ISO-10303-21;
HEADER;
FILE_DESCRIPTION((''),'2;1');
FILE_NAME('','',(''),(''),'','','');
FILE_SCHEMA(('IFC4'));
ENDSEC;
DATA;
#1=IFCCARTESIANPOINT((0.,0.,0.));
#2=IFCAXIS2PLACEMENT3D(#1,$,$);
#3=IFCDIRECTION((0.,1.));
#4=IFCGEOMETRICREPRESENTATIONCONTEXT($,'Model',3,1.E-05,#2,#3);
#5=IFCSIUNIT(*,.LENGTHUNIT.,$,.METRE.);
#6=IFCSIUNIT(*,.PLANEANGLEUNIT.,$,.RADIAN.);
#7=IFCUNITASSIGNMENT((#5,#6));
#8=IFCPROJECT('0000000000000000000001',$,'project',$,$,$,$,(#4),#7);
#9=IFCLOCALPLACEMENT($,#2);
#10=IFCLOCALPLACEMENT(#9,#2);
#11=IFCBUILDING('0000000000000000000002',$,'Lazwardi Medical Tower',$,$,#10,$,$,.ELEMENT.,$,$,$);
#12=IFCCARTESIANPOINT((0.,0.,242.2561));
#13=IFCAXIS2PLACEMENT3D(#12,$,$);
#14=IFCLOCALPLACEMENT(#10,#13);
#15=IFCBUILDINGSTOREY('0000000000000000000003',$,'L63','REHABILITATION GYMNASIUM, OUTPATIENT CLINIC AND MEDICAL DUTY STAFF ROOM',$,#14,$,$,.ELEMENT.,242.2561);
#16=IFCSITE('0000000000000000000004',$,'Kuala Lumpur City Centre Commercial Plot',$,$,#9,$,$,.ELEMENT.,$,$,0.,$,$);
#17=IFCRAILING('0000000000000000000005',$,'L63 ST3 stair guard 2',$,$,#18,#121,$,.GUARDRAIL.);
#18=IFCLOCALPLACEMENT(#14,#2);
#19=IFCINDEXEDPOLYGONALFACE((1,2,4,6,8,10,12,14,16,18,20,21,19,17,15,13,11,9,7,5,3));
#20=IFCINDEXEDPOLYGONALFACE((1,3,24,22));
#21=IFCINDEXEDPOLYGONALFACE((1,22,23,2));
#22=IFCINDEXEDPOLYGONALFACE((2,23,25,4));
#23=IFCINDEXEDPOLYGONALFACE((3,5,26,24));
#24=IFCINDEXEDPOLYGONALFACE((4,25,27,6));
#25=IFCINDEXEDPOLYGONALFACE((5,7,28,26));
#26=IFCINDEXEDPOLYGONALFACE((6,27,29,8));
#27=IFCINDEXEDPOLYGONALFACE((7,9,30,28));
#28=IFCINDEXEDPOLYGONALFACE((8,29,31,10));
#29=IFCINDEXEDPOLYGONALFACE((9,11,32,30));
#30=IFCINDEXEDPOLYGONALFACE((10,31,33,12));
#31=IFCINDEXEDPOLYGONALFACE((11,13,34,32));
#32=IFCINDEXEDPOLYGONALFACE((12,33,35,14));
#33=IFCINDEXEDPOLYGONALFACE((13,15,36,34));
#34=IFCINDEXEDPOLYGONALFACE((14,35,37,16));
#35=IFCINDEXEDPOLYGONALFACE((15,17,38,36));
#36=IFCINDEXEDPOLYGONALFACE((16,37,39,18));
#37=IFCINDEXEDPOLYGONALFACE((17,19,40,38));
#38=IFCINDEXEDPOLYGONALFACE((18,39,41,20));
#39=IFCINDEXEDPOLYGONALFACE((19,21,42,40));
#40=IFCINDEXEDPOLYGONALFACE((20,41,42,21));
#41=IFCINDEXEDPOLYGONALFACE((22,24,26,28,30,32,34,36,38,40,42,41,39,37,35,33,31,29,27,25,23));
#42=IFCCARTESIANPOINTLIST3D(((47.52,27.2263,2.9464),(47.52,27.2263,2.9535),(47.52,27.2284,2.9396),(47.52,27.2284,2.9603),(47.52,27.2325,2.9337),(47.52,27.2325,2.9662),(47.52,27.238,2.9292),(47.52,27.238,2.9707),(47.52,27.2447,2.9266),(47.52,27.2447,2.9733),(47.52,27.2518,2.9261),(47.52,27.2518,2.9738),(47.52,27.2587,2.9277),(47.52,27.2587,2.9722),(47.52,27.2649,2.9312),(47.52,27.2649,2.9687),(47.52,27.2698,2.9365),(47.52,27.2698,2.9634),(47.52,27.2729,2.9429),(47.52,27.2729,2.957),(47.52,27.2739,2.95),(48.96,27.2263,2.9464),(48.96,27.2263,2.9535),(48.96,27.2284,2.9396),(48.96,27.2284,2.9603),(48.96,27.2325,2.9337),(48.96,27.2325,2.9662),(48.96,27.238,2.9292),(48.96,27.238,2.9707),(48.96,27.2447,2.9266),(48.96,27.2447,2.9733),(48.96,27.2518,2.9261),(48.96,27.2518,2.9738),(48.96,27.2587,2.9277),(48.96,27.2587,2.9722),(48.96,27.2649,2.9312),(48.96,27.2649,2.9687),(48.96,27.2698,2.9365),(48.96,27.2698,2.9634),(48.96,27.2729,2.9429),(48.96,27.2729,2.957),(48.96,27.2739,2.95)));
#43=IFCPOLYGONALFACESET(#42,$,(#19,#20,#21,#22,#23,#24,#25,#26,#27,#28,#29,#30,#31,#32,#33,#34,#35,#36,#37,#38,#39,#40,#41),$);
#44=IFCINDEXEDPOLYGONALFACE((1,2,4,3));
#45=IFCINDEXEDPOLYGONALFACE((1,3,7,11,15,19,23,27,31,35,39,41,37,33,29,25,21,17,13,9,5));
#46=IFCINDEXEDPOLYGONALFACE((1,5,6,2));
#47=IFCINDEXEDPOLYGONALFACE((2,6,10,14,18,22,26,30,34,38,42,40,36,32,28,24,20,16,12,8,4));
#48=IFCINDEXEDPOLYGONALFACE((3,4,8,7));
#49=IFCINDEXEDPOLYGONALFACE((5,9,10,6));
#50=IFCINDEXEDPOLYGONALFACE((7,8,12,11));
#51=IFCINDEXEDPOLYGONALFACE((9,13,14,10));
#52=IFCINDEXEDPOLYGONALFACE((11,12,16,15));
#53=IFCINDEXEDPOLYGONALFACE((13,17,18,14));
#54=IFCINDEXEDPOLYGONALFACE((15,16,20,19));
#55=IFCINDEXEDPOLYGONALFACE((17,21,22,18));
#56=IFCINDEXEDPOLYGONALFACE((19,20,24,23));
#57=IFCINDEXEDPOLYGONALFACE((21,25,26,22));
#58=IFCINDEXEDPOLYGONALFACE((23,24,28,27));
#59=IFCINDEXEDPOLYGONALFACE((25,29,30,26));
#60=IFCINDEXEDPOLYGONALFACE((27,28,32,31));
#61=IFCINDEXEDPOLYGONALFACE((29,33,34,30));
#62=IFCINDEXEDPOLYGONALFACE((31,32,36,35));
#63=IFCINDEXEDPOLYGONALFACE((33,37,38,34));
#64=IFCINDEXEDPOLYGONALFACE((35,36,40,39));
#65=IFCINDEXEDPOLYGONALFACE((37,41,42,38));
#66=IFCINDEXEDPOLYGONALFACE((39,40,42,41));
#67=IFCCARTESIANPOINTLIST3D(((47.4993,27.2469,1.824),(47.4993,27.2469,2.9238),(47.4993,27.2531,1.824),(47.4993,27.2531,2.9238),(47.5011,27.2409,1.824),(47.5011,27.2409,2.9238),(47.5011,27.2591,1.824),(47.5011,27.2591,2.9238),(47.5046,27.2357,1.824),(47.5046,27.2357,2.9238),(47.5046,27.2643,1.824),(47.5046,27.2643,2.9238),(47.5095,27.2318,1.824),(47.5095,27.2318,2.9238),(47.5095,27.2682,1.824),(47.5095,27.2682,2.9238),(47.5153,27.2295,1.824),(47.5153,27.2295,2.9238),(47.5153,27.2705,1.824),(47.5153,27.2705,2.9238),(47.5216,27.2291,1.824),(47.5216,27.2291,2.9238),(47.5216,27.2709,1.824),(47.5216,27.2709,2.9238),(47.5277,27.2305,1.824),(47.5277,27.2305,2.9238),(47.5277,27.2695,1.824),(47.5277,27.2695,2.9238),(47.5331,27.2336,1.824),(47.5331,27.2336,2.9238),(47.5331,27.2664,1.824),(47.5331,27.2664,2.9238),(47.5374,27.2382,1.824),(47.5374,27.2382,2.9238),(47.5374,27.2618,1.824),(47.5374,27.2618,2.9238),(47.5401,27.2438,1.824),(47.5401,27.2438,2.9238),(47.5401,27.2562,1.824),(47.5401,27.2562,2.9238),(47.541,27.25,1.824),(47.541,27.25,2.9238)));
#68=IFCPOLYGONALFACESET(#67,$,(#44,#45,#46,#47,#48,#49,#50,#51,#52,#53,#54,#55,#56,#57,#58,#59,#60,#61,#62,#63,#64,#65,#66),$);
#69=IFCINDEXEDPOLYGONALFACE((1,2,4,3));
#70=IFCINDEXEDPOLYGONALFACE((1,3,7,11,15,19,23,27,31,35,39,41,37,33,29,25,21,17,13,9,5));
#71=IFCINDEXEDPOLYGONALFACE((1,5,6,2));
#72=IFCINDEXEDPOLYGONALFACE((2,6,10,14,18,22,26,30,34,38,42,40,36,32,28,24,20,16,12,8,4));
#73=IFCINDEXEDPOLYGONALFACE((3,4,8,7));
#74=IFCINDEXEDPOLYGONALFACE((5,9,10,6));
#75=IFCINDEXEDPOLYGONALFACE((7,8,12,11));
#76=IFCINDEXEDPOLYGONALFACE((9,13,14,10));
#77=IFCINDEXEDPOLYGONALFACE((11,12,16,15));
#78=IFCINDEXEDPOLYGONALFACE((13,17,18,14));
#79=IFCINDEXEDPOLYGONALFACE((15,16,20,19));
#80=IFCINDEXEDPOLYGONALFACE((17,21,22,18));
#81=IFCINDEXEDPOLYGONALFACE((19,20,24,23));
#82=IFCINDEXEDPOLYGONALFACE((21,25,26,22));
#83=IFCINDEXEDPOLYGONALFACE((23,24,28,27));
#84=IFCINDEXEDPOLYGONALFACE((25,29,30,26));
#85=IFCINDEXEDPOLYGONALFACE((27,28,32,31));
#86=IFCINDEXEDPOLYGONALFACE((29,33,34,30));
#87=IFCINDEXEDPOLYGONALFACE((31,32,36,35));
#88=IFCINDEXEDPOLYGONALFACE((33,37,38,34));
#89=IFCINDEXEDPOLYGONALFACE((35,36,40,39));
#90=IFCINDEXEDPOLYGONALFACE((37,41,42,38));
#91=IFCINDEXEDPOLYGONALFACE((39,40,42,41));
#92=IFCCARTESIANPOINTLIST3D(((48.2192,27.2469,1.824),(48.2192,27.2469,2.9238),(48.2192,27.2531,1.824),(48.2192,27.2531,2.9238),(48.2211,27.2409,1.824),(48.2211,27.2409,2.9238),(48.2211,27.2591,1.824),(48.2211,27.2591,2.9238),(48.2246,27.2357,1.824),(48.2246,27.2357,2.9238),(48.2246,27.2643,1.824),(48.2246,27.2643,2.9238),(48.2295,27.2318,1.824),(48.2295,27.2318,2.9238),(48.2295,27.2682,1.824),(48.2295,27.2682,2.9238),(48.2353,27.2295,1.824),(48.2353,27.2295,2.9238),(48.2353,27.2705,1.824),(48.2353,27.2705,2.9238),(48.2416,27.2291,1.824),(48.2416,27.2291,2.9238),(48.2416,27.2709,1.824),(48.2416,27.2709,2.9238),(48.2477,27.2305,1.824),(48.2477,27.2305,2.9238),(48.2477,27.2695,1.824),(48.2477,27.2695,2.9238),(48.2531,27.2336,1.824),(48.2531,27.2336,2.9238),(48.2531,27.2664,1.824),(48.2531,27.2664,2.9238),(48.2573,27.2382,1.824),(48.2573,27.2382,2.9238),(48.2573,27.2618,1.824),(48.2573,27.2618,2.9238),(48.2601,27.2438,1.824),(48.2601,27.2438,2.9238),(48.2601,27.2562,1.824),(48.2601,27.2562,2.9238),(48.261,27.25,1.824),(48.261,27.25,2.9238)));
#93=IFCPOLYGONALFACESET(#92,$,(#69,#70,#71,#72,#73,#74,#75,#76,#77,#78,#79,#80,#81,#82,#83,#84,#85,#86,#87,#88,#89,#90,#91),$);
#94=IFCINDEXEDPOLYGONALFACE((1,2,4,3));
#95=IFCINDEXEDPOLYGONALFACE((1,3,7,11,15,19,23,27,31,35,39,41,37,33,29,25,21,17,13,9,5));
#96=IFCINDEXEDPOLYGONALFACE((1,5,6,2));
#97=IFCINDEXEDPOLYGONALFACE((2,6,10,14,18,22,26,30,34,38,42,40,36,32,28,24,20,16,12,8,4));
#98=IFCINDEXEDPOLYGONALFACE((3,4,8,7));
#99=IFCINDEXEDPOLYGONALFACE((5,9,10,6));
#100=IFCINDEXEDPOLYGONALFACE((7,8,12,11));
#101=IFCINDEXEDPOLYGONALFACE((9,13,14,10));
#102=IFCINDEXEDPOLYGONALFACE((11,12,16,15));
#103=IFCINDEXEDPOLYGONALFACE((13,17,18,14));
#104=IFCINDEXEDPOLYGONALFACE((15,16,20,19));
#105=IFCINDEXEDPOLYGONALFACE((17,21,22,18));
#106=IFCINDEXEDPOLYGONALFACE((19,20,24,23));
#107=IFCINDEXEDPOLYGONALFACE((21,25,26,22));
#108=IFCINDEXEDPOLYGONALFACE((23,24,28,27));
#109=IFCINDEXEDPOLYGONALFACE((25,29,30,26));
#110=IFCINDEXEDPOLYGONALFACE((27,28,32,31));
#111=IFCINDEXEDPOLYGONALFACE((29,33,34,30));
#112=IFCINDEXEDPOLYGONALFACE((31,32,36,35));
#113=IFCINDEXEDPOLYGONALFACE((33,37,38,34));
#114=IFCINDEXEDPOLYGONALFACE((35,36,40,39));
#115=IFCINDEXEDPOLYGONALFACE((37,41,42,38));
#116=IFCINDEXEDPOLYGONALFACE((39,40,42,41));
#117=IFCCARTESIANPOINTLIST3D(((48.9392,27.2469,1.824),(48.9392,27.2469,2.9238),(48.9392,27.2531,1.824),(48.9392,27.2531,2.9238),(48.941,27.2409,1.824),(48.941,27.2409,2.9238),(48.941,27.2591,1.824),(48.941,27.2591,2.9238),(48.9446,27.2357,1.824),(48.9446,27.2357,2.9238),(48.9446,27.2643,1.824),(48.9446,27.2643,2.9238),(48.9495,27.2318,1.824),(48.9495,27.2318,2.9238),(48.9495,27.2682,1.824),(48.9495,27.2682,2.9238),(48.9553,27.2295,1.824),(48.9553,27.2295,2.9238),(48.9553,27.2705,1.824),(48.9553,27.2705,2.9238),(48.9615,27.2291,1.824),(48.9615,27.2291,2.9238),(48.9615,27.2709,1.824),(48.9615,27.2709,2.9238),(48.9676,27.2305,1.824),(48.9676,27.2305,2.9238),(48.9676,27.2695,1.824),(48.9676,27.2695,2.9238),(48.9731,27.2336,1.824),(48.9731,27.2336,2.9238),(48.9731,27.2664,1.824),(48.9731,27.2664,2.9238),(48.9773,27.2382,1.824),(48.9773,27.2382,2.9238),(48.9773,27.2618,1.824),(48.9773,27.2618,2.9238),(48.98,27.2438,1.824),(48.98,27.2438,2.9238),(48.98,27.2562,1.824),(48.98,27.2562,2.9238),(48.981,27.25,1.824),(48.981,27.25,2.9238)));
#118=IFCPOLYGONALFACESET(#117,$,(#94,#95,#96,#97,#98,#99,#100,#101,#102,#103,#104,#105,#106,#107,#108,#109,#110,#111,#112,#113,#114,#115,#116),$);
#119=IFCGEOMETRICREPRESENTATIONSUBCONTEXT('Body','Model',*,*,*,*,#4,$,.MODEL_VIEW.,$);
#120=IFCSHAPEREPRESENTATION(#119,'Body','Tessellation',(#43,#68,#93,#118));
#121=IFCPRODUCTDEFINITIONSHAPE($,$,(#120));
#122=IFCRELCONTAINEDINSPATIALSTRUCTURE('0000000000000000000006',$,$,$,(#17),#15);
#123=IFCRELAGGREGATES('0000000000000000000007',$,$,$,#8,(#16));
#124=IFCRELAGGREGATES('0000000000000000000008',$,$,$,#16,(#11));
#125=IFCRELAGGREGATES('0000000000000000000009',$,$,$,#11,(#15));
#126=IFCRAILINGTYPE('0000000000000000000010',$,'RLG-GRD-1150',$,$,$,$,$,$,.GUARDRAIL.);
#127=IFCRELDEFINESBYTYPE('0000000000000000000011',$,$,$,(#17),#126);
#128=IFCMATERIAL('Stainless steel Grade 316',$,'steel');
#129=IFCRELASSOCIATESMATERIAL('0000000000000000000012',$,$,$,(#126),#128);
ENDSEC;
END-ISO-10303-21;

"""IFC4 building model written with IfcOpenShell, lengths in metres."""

from ifc_helpers import new_model, si_unit, direction, frame, origin, origin_2d, place, context, subcontext, project, spatial, circle, extrude, material, type_object, element, save


model = new_model("IFC4")

# Units and contexts
model_context = context("Model", 3, precision=1e-05, world=origin(), true_north=direction((0.0, 1.0)))
body_context = subcontext(model_context, "Body", "Model", "MODEL_VIEW")
ifc_project = project(units=[si_unit("LENGTHUNIT", "METRE"), si_unit("PLANEANGLEUNIT", "RADIAN")], contexts=[model_context])

# Site, building, storey
site_placement = place(None, origin())
site = spatial("IfcSite", under=ifc_project, at=site_placement, Name="Kuala Lumpur City Centre Commercial Plot", CompositionType="ELEMENT", RefElevation=0.0)
building_placement = place(site_placement, origin())
building = spatial("IfcBuilding", under=site, at=building_placement, Name="Lazwardi Medical Tower", CompositionType="ELEMENT")
storey_placement = place(building_placement, frame((0.0, 0.0, 242.2561)))
storey = spatial("IfcBuildingStorey", under=building, at=storey_placement, Name="L63", Description="REHABILITATION GYMNASIUM, OUTPATIENT CLINIC AND MEDICAL DUTY STAFF ROOM", CompositionType="ELEMENT", Elevation=242.2561)

# Railing
ifc_material_1 = material(Name="Stainless steel Grade 316", Category="steel")
railing_type_1 = type_object("IfcRailingType", Name="RLG-GRD-1150", PredefinedType="GUARDRAIL", material=ifc_material_1)
railing_1_placement = place(storey_placement, frame((47.52, 27.25, 1.824)))
element("IfcRailing", 1, at=railing_1_placement, inside=storey, type_object=railing_type_1, Name="L63 ST3 stair guard 2", PredefinedType="GUARDRAIL", context=body_context, shape_type="SweptSolid", body=[
    extrude(circle(Radius=0.0239, at=origin_2d()), frame((0.0, 0.0, 1.126), z_axis=(1.0, 0.0, 0.0), x_axis=(0.0, 1.0, 0.0)), (0.0, 0.0, 1.0), 1.4399),
    extrude(circle(Radius=0.021, at=origin_2d()), origin(), (0.0, 0.0, 1.0), 1.0999),
    extrude(circle(Radius=0.021, at=origin_2d()), frame((0.72, 0.0, 0.0)), (0.0, 0.0, 1.0), 1.0999),
    extrude(circle(Radius=0.021, at=origin_2d()), frame((1.4399, 0.0, 0.0)), (0.0, 0.0, 1.0), 1.0999),
])

save(model, "model.ifc")
